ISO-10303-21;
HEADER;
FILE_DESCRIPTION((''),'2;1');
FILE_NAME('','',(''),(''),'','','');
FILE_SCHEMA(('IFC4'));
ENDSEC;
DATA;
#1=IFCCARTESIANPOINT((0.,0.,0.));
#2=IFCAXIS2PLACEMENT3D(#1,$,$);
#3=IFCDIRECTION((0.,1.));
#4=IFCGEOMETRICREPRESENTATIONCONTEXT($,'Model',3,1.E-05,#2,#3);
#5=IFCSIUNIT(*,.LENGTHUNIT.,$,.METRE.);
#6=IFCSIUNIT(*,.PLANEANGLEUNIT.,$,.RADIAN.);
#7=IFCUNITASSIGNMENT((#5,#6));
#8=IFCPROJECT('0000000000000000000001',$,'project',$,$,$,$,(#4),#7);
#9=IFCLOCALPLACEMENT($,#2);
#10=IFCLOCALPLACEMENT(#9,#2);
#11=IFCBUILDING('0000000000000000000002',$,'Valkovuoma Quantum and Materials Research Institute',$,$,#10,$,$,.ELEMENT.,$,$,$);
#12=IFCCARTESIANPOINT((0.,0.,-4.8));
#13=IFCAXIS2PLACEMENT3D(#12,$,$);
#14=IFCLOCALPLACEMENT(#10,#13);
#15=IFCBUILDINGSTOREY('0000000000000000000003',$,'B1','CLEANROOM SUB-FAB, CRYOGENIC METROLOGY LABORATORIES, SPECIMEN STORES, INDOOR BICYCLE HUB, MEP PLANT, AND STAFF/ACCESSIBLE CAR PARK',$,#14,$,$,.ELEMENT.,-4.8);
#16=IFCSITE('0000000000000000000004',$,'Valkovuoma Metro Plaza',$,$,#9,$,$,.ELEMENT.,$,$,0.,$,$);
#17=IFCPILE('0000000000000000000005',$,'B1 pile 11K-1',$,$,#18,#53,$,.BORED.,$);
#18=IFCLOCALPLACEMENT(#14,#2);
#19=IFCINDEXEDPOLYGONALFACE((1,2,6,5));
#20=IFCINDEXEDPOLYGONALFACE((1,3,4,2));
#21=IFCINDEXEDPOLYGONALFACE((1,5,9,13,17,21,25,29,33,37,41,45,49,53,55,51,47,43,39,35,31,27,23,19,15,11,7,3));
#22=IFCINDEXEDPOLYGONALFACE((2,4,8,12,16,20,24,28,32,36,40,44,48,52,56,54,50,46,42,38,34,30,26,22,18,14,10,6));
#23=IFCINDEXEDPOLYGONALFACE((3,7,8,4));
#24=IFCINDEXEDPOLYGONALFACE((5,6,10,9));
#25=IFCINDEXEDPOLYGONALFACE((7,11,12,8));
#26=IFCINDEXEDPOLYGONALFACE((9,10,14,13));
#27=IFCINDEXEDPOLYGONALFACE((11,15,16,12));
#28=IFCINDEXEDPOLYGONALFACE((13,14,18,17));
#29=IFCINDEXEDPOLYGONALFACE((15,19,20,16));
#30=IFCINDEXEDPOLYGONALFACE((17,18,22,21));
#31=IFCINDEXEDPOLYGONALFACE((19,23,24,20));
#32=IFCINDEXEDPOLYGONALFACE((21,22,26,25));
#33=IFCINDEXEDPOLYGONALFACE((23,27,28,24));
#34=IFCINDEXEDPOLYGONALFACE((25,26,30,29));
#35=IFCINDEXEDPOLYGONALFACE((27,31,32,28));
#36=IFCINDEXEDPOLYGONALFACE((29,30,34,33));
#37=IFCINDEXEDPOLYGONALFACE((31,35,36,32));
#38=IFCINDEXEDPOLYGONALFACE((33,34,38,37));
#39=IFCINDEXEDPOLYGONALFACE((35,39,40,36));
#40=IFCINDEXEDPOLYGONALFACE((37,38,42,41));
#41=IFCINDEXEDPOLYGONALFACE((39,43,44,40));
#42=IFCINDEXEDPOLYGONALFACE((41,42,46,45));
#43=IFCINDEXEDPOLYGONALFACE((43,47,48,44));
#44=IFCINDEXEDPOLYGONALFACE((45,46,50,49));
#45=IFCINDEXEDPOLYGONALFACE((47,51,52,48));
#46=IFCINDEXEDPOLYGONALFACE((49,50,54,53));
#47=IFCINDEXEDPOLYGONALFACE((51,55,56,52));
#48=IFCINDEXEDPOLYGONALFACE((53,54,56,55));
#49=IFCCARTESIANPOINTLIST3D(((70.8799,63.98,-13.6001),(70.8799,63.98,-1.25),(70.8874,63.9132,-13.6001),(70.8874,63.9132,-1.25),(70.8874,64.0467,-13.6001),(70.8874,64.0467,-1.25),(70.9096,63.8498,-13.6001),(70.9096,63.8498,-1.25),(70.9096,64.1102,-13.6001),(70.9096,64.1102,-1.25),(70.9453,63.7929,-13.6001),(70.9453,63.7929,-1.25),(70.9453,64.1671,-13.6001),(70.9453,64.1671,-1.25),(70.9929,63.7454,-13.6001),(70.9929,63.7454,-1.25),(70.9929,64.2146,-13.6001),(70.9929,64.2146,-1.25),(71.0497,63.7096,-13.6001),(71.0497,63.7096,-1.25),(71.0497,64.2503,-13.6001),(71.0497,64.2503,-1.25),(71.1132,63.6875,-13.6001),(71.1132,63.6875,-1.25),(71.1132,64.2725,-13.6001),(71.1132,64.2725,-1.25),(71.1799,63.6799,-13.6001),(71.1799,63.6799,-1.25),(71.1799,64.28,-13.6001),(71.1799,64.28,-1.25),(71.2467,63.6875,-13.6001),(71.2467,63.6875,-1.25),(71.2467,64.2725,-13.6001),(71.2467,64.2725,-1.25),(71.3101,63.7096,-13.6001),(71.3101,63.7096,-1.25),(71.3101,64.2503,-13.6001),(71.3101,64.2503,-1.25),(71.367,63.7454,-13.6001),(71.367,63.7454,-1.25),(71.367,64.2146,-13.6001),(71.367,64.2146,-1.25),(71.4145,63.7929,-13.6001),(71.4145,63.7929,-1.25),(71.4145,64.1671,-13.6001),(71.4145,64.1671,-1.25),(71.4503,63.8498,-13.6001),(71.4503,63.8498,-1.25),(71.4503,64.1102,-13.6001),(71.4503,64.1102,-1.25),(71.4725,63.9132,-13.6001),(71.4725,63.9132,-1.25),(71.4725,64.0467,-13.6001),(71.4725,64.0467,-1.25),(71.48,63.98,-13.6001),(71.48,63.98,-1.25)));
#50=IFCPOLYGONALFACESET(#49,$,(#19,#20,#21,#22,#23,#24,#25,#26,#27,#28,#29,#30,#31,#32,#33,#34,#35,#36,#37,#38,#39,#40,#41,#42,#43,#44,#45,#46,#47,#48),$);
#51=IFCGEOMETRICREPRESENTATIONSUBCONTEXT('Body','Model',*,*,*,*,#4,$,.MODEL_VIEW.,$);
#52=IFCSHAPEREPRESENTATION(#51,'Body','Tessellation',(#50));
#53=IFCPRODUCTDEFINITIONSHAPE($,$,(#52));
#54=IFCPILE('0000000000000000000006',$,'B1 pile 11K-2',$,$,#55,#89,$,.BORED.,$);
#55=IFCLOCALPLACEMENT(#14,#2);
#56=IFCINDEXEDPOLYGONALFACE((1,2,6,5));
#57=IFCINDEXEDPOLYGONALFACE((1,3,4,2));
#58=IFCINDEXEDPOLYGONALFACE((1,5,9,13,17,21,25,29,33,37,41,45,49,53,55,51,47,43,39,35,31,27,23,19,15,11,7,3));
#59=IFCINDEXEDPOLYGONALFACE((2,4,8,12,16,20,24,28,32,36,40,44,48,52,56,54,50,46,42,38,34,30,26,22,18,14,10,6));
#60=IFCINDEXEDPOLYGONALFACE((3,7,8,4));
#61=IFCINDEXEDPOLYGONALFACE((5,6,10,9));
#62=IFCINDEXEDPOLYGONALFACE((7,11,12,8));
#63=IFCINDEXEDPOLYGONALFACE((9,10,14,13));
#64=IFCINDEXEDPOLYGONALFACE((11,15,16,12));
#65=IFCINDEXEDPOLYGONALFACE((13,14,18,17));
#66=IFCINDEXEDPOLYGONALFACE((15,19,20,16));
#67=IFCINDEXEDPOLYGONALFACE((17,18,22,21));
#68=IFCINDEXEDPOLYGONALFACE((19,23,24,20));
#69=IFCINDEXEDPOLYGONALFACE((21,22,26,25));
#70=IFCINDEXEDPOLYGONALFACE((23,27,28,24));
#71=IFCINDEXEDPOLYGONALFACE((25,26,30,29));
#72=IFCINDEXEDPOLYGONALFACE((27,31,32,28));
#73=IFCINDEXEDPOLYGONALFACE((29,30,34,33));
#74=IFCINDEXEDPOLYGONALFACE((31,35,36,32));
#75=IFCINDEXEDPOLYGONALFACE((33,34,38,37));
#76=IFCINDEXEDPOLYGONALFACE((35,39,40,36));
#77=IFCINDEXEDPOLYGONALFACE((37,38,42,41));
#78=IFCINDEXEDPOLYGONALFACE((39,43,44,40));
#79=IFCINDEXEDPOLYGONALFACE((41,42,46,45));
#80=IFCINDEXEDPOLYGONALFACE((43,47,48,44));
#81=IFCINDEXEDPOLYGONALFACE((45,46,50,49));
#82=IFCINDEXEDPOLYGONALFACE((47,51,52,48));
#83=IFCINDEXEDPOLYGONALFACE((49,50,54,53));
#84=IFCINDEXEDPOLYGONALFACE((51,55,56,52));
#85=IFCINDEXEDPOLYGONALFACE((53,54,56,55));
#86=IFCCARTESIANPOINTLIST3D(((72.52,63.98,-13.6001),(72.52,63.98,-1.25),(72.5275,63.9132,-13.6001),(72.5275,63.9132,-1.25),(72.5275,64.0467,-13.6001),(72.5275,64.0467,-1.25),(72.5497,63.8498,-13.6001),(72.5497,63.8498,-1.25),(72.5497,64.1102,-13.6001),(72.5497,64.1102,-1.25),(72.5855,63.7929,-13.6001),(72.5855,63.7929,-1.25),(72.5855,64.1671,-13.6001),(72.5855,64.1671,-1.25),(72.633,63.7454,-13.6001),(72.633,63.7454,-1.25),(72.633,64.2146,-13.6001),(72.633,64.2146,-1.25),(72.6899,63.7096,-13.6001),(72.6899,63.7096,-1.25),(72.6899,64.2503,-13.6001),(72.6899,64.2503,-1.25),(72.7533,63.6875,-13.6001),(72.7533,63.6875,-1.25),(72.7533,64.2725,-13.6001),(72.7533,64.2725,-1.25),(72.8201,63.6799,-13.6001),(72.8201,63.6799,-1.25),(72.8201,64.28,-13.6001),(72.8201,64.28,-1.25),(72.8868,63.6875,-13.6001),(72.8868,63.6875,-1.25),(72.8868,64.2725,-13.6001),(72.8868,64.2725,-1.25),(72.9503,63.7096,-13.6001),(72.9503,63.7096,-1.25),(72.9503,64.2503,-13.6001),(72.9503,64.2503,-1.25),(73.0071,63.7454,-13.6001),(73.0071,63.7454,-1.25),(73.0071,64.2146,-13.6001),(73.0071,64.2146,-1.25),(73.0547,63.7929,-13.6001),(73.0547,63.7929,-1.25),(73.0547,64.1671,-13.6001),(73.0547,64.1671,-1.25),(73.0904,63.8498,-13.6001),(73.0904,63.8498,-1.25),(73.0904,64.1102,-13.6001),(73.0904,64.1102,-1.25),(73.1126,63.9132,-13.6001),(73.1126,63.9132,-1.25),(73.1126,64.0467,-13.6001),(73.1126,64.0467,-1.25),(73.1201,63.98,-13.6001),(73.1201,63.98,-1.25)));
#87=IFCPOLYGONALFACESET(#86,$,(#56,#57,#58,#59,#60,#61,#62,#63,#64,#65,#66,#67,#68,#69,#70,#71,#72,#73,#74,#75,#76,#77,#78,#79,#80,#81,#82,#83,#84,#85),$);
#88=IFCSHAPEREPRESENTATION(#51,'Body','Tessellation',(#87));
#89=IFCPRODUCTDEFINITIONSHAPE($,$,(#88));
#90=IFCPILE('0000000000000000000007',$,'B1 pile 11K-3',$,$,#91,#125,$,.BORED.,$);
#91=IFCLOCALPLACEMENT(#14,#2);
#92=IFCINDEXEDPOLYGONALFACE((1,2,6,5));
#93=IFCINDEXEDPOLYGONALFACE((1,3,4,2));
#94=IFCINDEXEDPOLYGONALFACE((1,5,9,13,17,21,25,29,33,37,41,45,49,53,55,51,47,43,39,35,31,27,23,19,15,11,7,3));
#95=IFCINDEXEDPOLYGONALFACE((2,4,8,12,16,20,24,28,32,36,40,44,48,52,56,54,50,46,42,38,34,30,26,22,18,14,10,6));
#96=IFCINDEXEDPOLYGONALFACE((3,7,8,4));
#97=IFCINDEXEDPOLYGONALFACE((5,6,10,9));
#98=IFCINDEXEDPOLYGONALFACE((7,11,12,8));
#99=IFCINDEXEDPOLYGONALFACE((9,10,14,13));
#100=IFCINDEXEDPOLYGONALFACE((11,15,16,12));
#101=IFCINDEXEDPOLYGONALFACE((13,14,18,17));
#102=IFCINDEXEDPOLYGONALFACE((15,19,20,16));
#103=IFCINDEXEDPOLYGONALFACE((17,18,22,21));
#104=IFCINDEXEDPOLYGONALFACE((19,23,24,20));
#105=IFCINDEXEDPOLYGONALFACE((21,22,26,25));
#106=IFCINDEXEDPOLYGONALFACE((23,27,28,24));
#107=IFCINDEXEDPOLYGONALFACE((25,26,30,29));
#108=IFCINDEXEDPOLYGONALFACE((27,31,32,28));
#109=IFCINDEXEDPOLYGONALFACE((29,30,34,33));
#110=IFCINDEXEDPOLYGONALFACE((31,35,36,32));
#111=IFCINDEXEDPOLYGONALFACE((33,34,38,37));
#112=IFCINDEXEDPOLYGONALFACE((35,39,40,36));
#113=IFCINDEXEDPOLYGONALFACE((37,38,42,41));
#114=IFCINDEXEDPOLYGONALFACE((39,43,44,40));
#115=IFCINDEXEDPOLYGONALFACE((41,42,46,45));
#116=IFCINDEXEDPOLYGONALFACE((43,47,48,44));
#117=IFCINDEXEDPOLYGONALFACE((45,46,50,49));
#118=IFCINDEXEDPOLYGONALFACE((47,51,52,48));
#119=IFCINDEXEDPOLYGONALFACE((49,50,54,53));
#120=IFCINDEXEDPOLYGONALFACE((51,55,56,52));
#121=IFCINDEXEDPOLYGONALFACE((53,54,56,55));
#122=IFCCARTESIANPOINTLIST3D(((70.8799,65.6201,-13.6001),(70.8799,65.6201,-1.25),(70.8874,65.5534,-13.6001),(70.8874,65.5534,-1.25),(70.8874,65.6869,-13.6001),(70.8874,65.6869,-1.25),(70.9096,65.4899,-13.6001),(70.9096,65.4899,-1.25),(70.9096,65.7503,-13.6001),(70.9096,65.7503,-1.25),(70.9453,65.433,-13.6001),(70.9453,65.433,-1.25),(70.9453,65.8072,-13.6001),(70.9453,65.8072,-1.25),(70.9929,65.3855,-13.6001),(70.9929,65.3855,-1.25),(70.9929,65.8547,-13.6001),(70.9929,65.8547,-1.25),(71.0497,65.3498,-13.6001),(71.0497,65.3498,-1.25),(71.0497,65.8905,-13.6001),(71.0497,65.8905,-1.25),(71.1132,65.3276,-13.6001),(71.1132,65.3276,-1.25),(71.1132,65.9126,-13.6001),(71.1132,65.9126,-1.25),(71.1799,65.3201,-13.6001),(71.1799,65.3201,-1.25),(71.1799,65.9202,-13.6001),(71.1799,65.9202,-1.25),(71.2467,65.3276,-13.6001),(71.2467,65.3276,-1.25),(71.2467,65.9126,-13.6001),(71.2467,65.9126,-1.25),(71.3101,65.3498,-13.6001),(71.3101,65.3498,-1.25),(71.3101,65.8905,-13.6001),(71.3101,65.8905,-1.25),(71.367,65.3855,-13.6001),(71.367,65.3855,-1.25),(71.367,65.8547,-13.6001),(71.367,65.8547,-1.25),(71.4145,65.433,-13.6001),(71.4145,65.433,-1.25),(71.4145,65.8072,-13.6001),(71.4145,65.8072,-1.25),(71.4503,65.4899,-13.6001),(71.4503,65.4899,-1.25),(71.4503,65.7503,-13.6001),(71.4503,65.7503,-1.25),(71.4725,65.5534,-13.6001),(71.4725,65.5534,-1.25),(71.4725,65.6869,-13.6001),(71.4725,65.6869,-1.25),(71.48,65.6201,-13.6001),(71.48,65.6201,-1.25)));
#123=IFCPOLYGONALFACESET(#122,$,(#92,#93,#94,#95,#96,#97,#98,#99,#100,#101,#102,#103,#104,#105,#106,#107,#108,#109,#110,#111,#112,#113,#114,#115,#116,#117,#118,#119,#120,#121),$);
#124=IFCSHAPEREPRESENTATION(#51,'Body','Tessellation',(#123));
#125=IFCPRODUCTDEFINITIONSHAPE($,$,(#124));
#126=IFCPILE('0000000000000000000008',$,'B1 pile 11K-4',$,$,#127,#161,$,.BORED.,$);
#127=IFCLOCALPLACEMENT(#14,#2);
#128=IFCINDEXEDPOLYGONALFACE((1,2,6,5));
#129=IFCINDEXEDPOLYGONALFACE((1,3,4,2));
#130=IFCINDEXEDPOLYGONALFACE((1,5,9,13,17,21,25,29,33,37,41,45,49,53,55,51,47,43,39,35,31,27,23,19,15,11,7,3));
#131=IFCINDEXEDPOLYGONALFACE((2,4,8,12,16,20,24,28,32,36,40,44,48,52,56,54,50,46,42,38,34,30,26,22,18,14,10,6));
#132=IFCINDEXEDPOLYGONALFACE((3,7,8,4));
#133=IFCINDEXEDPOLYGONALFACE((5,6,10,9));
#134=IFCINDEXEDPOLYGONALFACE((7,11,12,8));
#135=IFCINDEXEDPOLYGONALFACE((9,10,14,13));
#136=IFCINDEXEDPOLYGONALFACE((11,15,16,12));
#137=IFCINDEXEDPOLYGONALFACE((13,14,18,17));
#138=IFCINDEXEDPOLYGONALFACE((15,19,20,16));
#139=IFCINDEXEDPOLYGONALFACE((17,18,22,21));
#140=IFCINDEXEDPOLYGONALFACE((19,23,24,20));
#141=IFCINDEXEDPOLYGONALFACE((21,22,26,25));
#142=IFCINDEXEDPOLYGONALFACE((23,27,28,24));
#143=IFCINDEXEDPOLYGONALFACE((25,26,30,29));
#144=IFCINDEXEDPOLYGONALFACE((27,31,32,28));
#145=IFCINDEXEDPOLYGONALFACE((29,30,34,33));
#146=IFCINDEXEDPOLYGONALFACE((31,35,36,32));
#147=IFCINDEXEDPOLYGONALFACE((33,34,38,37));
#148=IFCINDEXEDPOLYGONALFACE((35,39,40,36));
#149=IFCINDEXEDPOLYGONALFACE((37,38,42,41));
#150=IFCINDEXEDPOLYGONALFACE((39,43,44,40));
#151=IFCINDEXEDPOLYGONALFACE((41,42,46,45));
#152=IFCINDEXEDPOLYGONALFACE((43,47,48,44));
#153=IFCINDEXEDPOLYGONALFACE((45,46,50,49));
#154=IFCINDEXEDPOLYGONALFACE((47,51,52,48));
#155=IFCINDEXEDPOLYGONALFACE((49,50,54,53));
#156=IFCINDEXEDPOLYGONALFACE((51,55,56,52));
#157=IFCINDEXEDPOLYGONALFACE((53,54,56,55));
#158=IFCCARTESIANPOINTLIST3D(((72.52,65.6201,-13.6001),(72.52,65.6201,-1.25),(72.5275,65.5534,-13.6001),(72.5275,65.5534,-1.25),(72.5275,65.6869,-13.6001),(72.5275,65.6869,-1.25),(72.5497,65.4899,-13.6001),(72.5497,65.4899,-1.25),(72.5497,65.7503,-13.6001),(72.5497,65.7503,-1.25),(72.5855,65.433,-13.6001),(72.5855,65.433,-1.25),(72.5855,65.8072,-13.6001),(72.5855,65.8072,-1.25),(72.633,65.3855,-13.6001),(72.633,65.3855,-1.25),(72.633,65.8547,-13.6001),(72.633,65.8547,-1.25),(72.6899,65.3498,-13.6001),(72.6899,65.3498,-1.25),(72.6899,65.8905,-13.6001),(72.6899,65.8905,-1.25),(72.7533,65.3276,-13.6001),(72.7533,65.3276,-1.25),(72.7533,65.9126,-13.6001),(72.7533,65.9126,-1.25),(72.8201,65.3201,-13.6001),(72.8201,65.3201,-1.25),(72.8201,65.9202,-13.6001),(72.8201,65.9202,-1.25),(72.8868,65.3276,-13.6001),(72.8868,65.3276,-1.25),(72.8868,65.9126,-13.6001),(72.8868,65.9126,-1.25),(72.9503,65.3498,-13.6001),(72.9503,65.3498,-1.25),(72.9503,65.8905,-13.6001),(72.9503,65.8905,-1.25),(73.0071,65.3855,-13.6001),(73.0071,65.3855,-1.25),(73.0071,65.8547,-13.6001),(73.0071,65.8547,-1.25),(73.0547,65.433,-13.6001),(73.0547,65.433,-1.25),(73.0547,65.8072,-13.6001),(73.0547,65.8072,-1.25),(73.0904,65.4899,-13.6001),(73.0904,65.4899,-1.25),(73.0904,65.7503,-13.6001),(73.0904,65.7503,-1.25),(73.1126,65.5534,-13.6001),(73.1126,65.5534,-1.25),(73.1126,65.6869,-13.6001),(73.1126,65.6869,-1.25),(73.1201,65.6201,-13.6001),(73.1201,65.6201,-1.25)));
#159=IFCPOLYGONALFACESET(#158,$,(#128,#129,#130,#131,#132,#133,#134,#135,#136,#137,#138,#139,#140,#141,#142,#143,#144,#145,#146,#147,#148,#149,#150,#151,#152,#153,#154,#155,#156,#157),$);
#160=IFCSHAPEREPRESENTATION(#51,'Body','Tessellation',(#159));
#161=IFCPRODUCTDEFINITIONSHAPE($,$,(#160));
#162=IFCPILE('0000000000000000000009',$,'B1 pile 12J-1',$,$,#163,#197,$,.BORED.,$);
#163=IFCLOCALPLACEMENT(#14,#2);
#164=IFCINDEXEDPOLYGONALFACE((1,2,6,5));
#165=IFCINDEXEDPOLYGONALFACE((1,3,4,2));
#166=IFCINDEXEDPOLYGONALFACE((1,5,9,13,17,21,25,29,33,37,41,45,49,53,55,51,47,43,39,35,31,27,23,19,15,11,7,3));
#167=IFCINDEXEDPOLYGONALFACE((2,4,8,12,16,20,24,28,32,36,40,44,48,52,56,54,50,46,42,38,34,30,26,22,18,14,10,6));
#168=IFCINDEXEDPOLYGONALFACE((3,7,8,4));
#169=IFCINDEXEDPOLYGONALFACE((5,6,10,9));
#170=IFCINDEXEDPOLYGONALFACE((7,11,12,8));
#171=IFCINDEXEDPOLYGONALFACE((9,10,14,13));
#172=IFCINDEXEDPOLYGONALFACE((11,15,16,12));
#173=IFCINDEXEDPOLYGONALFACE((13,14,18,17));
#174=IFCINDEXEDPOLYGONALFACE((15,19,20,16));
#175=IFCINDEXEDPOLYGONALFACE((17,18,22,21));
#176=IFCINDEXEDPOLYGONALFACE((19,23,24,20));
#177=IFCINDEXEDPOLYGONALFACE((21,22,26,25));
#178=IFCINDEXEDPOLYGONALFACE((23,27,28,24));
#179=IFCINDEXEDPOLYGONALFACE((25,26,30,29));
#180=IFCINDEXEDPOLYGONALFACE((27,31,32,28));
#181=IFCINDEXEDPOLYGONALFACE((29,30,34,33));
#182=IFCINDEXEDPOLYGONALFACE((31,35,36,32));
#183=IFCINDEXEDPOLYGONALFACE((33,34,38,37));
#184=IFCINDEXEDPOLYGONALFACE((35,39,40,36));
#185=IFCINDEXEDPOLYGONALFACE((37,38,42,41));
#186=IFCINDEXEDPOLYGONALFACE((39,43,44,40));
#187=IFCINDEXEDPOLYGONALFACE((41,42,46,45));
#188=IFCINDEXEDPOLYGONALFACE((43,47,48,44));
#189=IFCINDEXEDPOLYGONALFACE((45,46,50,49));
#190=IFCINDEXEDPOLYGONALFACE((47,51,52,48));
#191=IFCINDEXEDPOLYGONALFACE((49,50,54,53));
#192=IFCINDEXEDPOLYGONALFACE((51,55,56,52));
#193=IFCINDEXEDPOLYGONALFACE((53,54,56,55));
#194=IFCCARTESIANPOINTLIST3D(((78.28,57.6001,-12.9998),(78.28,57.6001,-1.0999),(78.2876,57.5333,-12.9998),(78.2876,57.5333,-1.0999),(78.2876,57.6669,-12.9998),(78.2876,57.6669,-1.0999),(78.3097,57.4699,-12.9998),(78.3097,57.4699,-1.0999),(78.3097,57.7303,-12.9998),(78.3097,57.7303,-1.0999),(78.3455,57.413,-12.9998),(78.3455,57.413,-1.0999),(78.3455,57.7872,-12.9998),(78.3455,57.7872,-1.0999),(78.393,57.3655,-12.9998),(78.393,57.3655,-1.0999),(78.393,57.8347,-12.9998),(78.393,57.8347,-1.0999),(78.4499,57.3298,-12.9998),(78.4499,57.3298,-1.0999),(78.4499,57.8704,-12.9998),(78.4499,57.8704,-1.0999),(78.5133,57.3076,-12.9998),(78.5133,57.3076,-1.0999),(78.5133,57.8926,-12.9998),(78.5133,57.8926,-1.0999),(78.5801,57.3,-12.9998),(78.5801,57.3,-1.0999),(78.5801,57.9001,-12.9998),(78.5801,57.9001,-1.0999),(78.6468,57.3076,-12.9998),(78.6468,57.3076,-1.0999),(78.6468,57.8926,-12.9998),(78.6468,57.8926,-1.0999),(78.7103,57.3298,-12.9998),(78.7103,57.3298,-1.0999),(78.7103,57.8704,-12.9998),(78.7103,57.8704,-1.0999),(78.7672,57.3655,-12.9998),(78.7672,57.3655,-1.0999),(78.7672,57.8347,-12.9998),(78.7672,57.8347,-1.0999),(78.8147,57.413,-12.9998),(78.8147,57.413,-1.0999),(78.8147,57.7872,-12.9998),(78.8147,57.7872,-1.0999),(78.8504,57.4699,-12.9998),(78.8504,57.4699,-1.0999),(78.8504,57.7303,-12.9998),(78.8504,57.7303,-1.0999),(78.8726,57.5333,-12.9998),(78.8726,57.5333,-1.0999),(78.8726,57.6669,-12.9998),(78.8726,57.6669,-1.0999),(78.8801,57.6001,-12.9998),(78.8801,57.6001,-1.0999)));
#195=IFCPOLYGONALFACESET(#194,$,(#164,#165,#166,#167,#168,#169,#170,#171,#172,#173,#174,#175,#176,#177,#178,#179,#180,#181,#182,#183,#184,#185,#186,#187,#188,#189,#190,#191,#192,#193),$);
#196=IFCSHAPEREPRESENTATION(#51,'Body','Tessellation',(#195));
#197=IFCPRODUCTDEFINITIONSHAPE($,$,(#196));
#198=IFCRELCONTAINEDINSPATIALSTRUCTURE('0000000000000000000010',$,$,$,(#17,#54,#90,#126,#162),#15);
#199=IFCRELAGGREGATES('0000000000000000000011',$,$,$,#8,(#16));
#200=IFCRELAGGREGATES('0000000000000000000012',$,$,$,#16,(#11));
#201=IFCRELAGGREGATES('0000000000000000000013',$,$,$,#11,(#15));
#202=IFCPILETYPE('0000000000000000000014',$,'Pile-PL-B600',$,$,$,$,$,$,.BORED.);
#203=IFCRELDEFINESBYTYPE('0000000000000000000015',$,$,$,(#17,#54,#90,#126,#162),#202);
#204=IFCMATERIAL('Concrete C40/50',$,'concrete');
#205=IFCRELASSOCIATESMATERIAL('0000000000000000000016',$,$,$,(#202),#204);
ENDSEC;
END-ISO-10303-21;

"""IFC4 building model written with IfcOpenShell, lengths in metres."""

from ifc_helpers import new_model, si_unit, direction, frame, origin, origin_2d, place, context, subcontext, project, spatial, circle, extrude, material, material_profile, profile_set, type_object, element, save


model = new_model("IFC4")

# Units and contexts
model_context = context("Model", 3, precision=1e-05, world=origin(), true_north=direction((0.0, 1.0)))
body_context = subcontext(model_context, "Body", "Model", "MODEL_VIEW")
ifc_project = project(units=[si_unit("LENGTHUNIT", "METRE"), si_unit("PLANEANGLEUNIT", "RADIAN")], contexts=[model_context])

# Site, building, storey
site_placement = place(None, origin())
site = spatial("IfcSite", under=ifc_project, at=site_placement, Name="Valkovuoma Metro Plaza", CompositionType="ELEMENT", RefElevation=0.0)
building_placement = place(site_placement, origin())
building = spatial("IfcBuilding", under=site, at=building_placement, Name="Valkovuoma Quantum and Materials Research Institute", CompositionType="ELEMENT")
storey_placement = place(building_placement, frame((0.0, 0.0, -4.8)))
storey = spatial("IfcBuildingStorey", under=building, at=storey_placement, Name="B1", Description="CLEANROOM SUB-FAB, CRYOGENIC METROLOGY LABORATORIES, SPECIMEN STORES, INDOOR BICYCLE HUB, MEP PLANT, AND STAFF/ACCESSIBLE CAR PARK", CompositionType="ELEMENT", Elevation=-4.8)

# Piles
ifc_material_1 = material(Name="Concrete C40/50", Category="concrete")
ifc_material_profile_1 = material_profile(ifc_material_1, circle(Radius=0.3, at=origin_2d()), Name="Concrete C40/50")
ifc_profile_set_1 = profile_set([ifc_material_profile_1], Name="Concrete C40/50")
pile_type_1 = type_object("IfcPileType", Name="Pile-PL-B600", PredefinedType="BORED", material=ifc_profile_set_1)
for number, where, z_axis, x_axis, name in (
    (1, (71.1799, 63.98, -1.25), (0.0, 0.0, -1.0), (1.0, 0.0, 0.0), "B1 pile 11K-1"),
    (2, (72.8201, 63.98, -1.25), (0.0, 0.0, -1.0), (1.0, 0.0, 0.0), "B1 pile 11K-2"),
    (3, (71.1799, 65.6201, -1.25), (0.0, 0.0, -1.0), (1.0, 0.0, 0.0), "B1 pile 11K-3"),
    (4, (72.8201, 65.6201, -1.25), (0.0, 0.0, -1.0), (1.0, 0.0, 0.0), "B1 pile 11K-4"),
):
    element("IfcPile", number, at=place(storey_placement, frame(where, z_axis=z_axis, x_axis=x_axis)), inside=storey, type_object=pile_type_1, Name=name, PredefinedType="BORED", context=body_context, shape_type="SweptSolid", body=[
        extrude(circle(Radius=0.3, at=origin_2d()), origin(), (0.0, 0.0, 1.0), 12.3501),
    ])
for number, where, z_axis, x_axis, name in (
    (5, (78.5801, 57.6001, -1.0999), (0.0, 0.0, -1.0), (1.0, 0.0, 0.0), "B1 pile 12J-1"),
):
    element("IfcPile", number, at=place(storey_placement, frame(where, z_axis=z_axis, x_axis=x_axis)), inside=storey, type_object=pile_type_1, Name=name, PredefinedType="BORED", context=body_context, shape_type="SweptSolid", body=[
        extrude(circle(Radius=0.3, at=origin_2d()), origin(), (0.0, 0.0, 1.0), 11.8999),
    ])

save(model, "model.ifc")
